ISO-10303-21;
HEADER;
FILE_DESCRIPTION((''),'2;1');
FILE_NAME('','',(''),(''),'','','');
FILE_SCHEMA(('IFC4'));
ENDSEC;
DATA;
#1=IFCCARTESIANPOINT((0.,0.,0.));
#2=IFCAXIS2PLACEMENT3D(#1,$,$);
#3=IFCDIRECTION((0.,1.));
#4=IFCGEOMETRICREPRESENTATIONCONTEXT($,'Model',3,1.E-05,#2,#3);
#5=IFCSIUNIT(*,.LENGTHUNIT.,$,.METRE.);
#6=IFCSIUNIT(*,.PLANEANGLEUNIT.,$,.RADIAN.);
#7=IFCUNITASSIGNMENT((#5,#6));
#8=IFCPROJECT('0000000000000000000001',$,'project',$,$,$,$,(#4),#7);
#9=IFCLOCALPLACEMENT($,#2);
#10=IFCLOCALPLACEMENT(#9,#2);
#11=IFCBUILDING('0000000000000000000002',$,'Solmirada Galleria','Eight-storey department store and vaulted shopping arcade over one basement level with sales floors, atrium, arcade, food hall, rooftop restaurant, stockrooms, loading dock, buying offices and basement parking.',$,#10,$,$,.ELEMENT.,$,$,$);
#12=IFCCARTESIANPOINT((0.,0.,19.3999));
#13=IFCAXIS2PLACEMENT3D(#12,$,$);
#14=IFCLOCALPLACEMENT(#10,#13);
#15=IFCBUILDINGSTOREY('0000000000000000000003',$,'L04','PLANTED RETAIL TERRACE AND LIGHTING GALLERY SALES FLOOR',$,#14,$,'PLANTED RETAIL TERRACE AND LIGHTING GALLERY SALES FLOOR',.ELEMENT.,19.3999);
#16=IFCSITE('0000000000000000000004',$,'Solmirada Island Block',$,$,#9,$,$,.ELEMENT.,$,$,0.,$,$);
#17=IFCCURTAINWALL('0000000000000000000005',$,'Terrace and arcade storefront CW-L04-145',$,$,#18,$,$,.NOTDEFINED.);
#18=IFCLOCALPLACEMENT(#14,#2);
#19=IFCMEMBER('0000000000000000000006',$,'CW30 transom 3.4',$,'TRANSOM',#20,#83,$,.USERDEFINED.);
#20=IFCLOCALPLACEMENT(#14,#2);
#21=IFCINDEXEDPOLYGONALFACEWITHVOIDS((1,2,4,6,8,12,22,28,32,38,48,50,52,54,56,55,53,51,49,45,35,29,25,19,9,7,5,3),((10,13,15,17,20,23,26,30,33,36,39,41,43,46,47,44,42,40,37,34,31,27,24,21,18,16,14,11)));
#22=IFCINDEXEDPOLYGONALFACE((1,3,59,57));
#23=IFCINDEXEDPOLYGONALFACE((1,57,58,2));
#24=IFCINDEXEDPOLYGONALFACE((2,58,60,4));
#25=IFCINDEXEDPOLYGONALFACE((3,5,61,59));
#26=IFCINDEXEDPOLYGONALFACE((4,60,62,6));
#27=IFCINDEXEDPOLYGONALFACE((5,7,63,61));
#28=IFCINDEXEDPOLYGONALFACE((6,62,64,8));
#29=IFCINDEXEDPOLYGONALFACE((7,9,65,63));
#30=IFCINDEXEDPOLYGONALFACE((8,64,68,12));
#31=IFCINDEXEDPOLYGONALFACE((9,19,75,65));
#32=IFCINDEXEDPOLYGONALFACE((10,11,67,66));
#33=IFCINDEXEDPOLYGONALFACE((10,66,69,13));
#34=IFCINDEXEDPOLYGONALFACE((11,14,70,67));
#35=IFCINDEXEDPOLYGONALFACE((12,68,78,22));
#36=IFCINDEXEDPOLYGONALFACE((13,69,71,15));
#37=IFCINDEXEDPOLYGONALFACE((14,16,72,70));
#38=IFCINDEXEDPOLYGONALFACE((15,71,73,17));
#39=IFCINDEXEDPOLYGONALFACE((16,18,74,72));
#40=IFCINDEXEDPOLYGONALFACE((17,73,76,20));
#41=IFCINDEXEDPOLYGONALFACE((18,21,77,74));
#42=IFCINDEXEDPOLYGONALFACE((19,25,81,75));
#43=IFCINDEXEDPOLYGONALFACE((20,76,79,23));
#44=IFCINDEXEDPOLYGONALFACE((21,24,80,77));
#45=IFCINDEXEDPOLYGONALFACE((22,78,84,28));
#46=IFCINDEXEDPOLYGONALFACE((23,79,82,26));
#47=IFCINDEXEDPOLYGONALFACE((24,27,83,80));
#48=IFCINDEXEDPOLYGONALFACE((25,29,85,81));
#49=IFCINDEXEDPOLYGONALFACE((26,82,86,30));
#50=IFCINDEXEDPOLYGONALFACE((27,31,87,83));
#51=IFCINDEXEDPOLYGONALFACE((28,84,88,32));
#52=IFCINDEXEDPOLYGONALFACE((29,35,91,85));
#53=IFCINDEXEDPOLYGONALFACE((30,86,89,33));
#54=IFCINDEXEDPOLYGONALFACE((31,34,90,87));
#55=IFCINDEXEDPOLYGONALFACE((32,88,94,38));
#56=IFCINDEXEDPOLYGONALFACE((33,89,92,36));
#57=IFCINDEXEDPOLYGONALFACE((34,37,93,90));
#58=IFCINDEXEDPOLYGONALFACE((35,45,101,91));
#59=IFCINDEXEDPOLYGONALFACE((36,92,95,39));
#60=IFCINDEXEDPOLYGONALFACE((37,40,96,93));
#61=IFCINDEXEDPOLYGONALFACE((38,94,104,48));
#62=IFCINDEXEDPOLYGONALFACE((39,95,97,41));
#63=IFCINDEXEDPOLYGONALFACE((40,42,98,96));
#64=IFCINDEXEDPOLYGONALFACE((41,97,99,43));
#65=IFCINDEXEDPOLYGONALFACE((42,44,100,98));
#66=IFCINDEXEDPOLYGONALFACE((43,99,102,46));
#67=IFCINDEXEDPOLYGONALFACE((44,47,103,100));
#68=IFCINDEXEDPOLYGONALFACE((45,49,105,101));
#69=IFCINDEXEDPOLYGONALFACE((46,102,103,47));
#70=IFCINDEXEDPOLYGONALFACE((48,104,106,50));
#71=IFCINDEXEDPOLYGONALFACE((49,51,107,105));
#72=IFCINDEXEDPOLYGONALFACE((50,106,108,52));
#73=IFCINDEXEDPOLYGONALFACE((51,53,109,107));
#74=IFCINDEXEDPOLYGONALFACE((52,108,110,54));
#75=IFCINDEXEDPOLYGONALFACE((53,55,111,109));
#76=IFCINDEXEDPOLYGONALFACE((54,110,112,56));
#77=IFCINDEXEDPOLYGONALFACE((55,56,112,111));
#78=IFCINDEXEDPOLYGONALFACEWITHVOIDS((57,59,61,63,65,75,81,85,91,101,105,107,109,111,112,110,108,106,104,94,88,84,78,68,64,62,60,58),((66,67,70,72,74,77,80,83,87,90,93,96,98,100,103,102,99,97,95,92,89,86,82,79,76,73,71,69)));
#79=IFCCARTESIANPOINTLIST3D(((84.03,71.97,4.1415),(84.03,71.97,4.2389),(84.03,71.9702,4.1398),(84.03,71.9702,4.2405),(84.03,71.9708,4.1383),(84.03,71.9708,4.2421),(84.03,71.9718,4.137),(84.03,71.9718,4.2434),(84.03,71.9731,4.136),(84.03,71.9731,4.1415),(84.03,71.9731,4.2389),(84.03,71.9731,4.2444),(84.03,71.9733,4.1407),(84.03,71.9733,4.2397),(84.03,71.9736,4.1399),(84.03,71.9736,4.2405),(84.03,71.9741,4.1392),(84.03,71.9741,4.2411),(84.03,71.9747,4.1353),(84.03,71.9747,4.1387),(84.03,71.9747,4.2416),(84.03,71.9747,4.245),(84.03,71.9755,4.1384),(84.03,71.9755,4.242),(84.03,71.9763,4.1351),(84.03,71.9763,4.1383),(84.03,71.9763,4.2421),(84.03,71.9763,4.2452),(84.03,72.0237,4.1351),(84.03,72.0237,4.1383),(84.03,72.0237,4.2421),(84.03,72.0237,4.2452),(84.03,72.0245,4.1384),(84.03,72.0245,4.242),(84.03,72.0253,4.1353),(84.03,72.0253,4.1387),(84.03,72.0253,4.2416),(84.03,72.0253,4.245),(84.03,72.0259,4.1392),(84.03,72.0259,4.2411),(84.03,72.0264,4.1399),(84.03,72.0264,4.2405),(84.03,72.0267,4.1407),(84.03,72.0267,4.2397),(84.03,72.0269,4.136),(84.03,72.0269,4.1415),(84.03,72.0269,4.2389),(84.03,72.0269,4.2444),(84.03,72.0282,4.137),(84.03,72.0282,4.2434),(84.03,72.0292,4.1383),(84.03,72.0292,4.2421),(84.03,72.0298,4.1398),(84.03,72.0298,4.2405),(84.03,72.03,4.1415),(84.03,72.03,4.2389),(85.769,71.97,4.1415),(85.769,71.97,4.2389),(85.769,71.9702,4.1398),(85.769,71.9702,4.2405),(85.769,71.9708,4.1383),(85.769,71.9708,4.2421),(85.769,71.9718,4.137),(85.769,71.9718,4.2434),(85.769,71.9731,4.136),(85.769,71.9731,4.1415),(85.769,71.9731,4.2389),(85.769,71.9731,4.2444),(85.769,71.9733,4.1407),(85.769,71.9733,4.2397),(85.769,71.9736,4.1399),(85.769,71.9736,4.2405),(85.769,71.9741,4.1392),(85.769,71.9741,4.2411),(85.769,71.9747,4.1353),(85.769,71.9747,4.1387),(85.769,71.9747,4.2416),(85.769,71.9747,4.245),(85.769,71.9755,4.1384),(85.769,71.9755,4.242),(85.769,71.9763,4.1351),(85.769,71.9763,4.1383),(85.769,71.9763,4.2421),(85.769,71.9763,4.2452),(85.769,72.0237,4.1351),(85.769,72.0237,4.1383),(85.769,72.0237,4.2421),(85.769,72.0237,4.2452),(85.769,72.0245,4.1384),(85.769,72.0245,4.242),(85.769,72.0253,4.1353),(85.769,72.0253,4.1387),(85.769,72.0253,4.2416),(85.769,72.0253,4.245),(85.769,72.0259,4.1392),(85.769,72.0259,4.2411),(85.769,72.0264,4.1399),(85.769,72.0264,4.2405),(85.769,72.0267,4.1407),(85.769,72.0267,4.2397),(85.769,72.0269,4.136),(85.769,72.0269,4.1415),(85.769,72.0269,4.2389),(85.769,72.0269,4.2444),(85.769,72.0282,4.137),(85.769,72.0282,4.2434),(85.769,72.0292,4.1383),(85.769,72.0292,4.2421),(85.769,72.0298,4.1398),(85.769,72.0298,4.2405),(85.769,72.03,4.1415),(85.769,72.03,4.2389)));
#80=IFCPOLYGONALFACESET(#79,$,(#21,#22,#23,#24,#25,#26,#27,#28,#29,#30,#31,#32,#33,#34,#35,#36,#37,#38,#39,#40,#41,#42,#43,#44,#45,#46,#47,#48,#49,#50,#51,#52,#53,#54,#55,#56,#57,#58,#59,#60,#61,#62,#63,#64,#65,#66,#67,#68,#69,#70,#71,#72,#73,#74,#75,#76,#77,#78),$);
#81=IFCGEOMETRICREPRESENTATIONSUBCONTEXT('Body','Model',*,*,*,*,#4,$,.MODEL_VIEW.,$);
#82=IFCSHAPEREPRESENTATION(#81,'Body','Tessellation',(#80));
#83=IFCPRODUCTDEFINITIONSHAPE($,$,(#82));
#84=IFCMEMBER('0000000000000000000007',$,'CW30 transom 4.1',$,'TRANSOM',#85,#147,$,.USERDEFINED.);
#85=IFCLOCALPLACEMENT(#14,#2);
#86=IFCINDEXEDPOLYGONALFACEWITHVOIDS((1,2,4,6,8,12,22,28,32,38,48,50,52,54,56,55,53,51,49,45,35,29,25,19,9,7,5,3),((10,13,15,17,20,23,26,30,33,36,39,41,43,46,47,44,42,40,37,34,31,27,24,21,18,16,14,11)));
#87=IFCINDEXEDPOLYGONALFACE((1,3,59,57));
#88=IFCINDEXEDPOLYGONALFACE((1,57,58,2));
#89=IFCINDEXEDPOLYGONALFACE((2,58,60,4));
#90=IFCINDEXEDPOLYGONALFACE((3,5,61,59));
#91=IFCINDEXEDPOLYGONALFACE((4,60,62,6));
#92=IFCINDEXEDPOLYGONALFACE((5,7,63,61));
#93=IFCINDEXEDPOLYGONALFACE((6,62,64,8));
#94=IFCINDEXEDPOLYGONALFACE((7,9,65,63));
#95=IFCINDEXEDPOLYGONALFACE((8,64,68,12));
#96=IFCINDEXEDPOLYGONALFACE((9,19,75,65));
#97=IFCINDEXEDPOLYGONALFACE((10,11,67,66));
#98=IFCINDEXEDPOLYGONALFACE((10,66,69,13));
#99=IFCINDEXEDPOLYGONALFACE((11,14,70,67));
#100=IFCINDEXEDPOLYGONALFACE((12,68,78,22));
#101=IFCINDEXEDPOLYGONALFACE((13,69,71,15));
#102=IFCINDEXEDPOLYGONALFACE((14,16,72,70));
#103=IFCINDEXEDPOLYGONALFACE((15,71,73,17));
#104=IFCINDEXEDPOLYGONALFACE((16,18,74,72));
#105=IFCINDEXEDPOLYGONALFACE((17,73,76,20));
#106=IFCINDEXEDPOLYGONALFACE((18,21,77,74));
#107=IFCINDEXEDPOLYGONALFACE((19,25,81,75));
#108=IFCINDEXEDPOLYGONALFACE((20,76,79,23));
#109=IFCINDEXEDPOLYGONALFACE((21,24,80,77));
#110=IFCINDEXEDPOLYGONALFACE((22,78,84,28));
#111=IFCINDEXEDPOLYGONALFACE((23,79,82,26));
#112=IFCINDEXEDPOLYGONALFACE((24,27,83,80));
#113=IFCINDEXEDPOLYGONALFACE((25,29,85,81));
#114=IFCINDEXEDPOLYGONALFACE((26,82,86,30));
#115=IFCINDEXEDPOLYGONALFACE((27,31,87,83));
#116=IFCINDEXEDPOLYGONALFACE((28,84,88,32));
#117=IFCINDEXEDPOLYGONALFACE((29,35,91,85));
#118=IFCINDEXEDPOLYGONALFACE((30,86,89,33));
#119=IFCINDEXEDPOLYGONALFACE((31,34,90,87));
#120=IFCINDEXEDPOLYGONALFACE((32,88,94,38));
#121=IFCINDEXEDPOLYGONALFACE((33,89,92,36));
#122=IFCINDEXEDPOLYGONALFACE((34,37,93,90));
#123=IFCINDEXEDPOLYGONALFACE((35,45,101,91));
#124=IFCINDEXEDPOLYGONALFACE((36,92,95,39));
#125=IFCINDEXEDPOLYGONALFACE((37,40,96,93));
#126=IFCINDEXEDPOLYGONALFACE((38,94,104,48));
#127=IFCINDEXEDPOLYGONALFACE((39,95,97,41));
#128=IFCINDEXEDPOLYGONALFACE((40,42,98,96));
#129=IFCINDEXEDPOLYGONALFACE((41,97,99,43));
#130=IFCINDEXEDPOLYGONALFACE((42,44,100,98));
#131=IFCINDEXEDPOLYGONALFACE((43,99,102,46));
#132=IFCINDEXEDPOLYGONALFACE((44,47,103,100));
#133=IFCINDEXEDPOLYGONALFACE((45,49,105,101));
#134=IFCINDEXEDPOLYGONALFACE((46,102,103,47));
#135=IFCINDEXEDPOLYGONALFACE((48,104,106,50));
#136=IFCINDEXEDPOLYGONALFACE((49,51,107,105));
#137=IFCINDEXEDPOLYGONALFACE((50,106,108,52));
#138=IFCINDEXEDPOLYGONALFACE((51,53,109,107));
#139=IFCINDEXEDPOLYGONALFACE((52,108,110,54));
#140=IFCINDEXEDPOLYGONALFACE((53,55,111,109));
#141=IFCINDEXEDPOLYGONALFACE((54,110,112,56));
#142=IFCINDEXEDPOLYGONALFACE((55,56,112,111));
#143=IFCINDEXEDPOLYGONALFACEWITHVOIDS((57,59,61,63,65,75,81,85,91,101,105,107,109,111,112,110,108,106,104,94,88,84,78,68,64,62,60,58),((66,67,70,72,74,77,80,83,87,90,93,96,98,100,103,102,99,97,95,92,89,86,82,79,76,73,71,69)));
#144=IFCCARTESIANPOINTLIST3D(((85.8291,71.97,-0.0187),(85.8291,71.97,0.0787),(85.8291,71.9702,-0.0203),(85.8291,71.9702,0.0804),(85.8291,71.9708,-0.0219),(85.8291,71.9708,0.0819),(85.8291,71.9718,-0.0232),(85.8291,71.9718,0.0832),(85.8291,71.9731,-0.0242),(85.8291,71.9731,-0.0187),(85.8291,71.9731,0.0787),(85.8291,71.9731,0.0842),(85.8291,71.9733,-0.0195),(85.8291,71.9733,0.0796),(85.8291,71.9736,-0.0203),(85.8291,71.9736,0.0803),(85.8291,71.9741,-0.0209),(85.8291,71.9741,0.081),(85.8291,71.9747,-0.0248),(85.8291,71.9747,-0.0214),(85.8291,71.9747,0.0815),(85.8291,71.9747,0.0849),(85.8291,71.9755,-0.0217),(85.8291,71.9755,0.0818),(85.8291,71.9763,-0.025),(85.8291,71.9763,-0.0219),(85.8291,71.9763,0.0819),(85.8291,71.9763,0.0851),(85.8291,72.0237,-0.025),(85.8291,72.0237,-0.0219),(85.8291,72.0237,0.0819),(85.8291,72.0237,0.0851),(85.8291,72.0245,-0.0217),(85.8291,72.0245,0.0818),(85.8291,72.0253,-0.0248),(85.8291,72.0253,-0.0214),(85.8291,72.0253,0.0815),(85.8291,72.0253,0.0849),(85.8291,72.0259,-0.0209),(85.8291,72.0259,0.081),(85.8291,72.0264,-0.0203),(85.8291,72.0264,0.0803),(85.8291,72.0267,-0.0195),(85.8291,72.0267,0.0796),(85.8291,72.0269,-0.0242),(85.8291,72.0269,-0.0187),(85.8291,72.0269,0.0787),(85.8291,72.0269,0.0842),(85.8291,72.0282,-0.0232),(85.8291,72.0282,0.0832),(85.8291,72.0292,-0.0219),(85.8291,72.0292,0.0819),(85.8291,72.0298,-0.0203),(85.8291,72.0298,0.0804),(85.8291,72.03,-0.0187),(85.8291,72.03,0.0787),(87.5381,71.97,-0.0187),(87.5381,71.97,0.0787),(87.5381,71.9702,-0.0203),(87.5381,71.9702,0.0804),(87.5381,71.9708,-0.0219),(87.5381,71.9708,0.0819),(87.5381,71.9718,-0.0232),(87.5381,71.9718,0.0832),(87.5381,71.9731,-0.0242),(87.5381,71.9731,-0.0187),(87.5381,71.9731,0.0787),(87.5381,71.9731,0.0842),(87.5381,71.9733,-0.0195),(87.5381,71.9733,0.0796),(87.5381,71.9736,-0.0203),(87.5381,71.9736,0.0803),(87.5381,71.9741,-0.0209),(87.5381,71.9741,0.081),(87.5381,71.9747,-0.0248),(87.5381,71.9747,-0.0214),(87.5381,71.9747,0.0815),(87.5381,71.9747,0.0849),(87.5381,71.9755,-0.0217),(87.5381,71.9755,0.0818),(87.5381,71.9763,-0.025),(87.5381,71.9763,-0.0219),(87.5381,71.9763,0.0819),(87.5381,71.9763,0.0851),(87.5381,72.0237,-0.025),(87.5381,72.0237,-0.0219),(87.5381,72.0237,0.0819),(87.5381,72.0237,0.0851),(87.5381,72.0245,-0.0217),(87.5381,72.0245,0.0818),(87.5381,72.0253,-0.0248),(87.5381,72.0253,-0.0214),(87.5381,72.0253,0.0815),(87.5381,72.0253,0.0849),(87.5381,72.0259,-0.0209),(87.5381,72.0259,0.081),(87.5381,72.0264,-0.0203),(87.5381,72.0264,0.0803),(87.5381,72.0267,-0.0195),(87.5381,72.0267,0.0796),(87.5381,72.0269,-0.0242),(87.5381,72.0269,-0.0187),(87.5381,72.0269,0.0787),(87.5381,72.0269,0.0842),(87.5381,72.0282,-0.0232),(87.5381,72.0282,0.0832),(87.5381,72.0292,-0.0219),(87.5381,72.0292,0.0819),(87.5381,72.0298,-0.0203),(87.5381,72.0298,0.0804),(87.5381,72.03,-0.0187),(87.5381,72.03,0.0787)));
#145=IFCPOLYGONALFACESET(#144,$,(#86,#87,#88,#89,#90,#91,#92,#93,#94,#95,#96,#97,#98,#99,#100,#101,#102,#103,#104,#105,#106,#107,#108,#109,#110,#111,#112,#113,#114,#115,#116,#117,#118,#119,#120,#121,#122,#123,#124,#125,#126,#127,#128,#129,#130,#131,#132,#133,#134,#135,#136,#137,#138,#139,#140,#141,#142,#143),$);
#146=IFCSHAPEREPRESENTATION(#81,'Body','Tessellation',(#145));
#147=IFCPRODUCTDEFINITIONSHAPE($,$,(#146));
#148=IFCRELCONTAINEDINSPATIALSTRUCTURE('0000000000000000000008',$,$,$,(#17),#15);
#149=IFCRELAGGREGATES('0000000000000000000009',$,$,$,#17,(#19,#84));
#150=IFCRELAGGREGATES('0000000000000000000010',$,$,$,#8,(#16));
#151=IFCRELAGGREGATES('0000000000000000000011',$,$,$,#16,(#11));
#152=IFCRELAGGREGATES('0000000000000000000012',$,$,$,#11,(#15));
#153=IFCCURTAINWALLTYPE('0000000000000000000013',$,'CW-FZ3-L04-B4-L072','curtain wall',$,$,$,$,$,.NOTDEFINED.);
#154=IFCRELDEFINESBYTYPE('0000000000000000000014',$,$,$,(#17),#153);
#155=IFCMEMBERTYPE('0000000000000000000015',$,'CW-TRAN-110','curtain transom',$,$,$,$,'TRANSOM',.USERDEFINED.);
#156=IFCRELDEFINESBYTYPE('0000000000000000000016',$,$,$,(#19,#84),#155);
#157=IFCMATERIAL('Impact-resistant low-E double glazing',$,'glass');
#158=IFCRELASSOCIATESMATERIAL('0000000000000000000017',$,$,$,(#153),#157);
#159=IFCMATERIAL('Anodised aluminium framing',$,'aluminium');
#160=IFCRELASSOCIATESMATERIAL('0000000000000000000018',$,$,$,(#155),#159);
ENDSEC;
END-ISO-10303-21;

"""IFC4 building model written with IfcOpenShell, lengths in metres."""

from ifc_helpers import new_model, si_unit, direction, frame, origin, origin_2d, place, context, subcontext, project, spatial, hollow_rectangle, extrude, material, material_profile, profile_set, type_object, element, aggregate, save


model = new_model("IFC4")

# Units and contexts
model_context = context("Model", 3, precision=1e-05, world=origin(), true_north=direction((0.0, 1.0)))
body_context = subcontext(model_context, "Body", "Model", "MODEL_VIEW")
ifc_project = project(units=[si_unit("LENGTHUNIT", "METRE"), si_unit("PLANEANGLEUNIT", "RADIAN")], contexts=[model_context])

# Site, building, storey
site_placement = place(None, origin())
site = spatial("IfcSite", under=ifc_project, at=site_placement, Name="Solmirada Island Block", CompositionType="ELEMENT", RefElevation=0.0)
building_placement = place(site_placement, origin())
building = spatial("IfcBuilding", under=site, at=building_placement, Name="Solmirada Galleria", Description="Eight-storey department store and vaulted shopping arcade over one basement level with sales floors, atrium, arcade, food hall, rooftop restaurant, stockrooms, loading dock, buying offices and basement parking.", CompositionType="ELEMENT")
storey_placement = place(building_placement, frame((0.0, 0.0, 19.3999)))
storey = spatial("IfcBuildingStorey", under=building, at=storey_placement, Name="L04", Description="PLANTED RETAIL TERRACE AND LIGHTING GALLERY SALES FLOOR", LongName="PLANTED RETAIL TERRACE AND LIGHTING GALLERY SALES FLOOR", CompositionType="ELEMENT", Elevation=19.3999)

# Curtain wall
ifc_material_1 = material(Name="Impact-resistant low-E double glazing", Category="glass")
curtain_wall_type = type_object("IfcCurtainWallType", Name="CW-FZ3-L04-B4-L072", Description="curtain wall", PredefinedType="NOTDEFINED", material=ifc_material_1)
curtain_wall_1_placement = place(storey_placement, origin())
curtain_wall_1 = element("IfcCurtainWall", 1, at=curtain_wall_1_placement, inside=storey, type_object=curtain_wall_type, Name="Terrace and arcade storefront CW-L04-145", PredefinedType="NOTDEFINED")
ifc_material_2 = material(Name="Anodised aluminium framing", Category="aluminium")

# Members
ifc_material_profile_1 = material_profile(ifc_material_2, hollow_rectangle(XDim=0.0601, YDim=0.1101, WallThickness=0.0032, InnerFilletRadius=0.0032, OuterFilletRadius=0.0063, at=origin_2d()), Name="ALU-TRAN-110X60")
ifc_profile_set_1 = profile_set([ifc_material_profile_1], Name="Anodised aluminium framing")
member_type_1 = type_object("IfcMemberType", Name="CW-TRAN-110", Description="curtain transom", ElementType="TRANSOM", PredefinedType="USERDEFINED", material=ifc_profile_set_1)
member_1_placement = place(storey_placement, frame((84.03, 72.0, 4.1902), z_axis=(1.0, 0.0, 0.0), x_axis=(0.0, 1.0, 0.0)))
member_1 = element("IfcMember", 2, at=member_1_placement, type_object=member_type_1, Name="CW30 transom 3.4", ObjectType="TRANSOM", PredefinedType="USERDEFINED", context=body_context, shape_type="SweptSolid", body=[
    extrude(hollow_rectangle(XDim=0.0601, YDim=0.1101, WallThickness=0.0032, InnerFilletRadius=0.0032, OuterFilletRadius=0.0063, at=origin_2d()), origin(), (0.0, 0.0, 1.0), 1.739),
])
member_2_placement = place(storey_placement, frame((85.8291, 72.0, 0.03), z_axis=(1.0, 0.0, 0.0), x_axis=(0.0, 1.0, 0.0)))
member_2 = element("IfcMember", 3, at=member_2_placement, type_object=member_type_1, Name="CW30 transom 4.1", ObjectType="TRANSOM", PredefinedType="USERDEFINED", context=body_context, shape_type="SweptSolid", body=[
    extrude(hollow_rectangle(XDim=0.0601, YDim=0.1101, WallThickness=0.0032, InnerFilletRadius=0.0032, OuterFilletRadius=0.0063, at=origin_2d()), origin(), (0.0, 0.0, 1.0), 1.709),
])

aggregate(curtain_wall_1, [member_1, member_2])

save(model, "model.ifc")
